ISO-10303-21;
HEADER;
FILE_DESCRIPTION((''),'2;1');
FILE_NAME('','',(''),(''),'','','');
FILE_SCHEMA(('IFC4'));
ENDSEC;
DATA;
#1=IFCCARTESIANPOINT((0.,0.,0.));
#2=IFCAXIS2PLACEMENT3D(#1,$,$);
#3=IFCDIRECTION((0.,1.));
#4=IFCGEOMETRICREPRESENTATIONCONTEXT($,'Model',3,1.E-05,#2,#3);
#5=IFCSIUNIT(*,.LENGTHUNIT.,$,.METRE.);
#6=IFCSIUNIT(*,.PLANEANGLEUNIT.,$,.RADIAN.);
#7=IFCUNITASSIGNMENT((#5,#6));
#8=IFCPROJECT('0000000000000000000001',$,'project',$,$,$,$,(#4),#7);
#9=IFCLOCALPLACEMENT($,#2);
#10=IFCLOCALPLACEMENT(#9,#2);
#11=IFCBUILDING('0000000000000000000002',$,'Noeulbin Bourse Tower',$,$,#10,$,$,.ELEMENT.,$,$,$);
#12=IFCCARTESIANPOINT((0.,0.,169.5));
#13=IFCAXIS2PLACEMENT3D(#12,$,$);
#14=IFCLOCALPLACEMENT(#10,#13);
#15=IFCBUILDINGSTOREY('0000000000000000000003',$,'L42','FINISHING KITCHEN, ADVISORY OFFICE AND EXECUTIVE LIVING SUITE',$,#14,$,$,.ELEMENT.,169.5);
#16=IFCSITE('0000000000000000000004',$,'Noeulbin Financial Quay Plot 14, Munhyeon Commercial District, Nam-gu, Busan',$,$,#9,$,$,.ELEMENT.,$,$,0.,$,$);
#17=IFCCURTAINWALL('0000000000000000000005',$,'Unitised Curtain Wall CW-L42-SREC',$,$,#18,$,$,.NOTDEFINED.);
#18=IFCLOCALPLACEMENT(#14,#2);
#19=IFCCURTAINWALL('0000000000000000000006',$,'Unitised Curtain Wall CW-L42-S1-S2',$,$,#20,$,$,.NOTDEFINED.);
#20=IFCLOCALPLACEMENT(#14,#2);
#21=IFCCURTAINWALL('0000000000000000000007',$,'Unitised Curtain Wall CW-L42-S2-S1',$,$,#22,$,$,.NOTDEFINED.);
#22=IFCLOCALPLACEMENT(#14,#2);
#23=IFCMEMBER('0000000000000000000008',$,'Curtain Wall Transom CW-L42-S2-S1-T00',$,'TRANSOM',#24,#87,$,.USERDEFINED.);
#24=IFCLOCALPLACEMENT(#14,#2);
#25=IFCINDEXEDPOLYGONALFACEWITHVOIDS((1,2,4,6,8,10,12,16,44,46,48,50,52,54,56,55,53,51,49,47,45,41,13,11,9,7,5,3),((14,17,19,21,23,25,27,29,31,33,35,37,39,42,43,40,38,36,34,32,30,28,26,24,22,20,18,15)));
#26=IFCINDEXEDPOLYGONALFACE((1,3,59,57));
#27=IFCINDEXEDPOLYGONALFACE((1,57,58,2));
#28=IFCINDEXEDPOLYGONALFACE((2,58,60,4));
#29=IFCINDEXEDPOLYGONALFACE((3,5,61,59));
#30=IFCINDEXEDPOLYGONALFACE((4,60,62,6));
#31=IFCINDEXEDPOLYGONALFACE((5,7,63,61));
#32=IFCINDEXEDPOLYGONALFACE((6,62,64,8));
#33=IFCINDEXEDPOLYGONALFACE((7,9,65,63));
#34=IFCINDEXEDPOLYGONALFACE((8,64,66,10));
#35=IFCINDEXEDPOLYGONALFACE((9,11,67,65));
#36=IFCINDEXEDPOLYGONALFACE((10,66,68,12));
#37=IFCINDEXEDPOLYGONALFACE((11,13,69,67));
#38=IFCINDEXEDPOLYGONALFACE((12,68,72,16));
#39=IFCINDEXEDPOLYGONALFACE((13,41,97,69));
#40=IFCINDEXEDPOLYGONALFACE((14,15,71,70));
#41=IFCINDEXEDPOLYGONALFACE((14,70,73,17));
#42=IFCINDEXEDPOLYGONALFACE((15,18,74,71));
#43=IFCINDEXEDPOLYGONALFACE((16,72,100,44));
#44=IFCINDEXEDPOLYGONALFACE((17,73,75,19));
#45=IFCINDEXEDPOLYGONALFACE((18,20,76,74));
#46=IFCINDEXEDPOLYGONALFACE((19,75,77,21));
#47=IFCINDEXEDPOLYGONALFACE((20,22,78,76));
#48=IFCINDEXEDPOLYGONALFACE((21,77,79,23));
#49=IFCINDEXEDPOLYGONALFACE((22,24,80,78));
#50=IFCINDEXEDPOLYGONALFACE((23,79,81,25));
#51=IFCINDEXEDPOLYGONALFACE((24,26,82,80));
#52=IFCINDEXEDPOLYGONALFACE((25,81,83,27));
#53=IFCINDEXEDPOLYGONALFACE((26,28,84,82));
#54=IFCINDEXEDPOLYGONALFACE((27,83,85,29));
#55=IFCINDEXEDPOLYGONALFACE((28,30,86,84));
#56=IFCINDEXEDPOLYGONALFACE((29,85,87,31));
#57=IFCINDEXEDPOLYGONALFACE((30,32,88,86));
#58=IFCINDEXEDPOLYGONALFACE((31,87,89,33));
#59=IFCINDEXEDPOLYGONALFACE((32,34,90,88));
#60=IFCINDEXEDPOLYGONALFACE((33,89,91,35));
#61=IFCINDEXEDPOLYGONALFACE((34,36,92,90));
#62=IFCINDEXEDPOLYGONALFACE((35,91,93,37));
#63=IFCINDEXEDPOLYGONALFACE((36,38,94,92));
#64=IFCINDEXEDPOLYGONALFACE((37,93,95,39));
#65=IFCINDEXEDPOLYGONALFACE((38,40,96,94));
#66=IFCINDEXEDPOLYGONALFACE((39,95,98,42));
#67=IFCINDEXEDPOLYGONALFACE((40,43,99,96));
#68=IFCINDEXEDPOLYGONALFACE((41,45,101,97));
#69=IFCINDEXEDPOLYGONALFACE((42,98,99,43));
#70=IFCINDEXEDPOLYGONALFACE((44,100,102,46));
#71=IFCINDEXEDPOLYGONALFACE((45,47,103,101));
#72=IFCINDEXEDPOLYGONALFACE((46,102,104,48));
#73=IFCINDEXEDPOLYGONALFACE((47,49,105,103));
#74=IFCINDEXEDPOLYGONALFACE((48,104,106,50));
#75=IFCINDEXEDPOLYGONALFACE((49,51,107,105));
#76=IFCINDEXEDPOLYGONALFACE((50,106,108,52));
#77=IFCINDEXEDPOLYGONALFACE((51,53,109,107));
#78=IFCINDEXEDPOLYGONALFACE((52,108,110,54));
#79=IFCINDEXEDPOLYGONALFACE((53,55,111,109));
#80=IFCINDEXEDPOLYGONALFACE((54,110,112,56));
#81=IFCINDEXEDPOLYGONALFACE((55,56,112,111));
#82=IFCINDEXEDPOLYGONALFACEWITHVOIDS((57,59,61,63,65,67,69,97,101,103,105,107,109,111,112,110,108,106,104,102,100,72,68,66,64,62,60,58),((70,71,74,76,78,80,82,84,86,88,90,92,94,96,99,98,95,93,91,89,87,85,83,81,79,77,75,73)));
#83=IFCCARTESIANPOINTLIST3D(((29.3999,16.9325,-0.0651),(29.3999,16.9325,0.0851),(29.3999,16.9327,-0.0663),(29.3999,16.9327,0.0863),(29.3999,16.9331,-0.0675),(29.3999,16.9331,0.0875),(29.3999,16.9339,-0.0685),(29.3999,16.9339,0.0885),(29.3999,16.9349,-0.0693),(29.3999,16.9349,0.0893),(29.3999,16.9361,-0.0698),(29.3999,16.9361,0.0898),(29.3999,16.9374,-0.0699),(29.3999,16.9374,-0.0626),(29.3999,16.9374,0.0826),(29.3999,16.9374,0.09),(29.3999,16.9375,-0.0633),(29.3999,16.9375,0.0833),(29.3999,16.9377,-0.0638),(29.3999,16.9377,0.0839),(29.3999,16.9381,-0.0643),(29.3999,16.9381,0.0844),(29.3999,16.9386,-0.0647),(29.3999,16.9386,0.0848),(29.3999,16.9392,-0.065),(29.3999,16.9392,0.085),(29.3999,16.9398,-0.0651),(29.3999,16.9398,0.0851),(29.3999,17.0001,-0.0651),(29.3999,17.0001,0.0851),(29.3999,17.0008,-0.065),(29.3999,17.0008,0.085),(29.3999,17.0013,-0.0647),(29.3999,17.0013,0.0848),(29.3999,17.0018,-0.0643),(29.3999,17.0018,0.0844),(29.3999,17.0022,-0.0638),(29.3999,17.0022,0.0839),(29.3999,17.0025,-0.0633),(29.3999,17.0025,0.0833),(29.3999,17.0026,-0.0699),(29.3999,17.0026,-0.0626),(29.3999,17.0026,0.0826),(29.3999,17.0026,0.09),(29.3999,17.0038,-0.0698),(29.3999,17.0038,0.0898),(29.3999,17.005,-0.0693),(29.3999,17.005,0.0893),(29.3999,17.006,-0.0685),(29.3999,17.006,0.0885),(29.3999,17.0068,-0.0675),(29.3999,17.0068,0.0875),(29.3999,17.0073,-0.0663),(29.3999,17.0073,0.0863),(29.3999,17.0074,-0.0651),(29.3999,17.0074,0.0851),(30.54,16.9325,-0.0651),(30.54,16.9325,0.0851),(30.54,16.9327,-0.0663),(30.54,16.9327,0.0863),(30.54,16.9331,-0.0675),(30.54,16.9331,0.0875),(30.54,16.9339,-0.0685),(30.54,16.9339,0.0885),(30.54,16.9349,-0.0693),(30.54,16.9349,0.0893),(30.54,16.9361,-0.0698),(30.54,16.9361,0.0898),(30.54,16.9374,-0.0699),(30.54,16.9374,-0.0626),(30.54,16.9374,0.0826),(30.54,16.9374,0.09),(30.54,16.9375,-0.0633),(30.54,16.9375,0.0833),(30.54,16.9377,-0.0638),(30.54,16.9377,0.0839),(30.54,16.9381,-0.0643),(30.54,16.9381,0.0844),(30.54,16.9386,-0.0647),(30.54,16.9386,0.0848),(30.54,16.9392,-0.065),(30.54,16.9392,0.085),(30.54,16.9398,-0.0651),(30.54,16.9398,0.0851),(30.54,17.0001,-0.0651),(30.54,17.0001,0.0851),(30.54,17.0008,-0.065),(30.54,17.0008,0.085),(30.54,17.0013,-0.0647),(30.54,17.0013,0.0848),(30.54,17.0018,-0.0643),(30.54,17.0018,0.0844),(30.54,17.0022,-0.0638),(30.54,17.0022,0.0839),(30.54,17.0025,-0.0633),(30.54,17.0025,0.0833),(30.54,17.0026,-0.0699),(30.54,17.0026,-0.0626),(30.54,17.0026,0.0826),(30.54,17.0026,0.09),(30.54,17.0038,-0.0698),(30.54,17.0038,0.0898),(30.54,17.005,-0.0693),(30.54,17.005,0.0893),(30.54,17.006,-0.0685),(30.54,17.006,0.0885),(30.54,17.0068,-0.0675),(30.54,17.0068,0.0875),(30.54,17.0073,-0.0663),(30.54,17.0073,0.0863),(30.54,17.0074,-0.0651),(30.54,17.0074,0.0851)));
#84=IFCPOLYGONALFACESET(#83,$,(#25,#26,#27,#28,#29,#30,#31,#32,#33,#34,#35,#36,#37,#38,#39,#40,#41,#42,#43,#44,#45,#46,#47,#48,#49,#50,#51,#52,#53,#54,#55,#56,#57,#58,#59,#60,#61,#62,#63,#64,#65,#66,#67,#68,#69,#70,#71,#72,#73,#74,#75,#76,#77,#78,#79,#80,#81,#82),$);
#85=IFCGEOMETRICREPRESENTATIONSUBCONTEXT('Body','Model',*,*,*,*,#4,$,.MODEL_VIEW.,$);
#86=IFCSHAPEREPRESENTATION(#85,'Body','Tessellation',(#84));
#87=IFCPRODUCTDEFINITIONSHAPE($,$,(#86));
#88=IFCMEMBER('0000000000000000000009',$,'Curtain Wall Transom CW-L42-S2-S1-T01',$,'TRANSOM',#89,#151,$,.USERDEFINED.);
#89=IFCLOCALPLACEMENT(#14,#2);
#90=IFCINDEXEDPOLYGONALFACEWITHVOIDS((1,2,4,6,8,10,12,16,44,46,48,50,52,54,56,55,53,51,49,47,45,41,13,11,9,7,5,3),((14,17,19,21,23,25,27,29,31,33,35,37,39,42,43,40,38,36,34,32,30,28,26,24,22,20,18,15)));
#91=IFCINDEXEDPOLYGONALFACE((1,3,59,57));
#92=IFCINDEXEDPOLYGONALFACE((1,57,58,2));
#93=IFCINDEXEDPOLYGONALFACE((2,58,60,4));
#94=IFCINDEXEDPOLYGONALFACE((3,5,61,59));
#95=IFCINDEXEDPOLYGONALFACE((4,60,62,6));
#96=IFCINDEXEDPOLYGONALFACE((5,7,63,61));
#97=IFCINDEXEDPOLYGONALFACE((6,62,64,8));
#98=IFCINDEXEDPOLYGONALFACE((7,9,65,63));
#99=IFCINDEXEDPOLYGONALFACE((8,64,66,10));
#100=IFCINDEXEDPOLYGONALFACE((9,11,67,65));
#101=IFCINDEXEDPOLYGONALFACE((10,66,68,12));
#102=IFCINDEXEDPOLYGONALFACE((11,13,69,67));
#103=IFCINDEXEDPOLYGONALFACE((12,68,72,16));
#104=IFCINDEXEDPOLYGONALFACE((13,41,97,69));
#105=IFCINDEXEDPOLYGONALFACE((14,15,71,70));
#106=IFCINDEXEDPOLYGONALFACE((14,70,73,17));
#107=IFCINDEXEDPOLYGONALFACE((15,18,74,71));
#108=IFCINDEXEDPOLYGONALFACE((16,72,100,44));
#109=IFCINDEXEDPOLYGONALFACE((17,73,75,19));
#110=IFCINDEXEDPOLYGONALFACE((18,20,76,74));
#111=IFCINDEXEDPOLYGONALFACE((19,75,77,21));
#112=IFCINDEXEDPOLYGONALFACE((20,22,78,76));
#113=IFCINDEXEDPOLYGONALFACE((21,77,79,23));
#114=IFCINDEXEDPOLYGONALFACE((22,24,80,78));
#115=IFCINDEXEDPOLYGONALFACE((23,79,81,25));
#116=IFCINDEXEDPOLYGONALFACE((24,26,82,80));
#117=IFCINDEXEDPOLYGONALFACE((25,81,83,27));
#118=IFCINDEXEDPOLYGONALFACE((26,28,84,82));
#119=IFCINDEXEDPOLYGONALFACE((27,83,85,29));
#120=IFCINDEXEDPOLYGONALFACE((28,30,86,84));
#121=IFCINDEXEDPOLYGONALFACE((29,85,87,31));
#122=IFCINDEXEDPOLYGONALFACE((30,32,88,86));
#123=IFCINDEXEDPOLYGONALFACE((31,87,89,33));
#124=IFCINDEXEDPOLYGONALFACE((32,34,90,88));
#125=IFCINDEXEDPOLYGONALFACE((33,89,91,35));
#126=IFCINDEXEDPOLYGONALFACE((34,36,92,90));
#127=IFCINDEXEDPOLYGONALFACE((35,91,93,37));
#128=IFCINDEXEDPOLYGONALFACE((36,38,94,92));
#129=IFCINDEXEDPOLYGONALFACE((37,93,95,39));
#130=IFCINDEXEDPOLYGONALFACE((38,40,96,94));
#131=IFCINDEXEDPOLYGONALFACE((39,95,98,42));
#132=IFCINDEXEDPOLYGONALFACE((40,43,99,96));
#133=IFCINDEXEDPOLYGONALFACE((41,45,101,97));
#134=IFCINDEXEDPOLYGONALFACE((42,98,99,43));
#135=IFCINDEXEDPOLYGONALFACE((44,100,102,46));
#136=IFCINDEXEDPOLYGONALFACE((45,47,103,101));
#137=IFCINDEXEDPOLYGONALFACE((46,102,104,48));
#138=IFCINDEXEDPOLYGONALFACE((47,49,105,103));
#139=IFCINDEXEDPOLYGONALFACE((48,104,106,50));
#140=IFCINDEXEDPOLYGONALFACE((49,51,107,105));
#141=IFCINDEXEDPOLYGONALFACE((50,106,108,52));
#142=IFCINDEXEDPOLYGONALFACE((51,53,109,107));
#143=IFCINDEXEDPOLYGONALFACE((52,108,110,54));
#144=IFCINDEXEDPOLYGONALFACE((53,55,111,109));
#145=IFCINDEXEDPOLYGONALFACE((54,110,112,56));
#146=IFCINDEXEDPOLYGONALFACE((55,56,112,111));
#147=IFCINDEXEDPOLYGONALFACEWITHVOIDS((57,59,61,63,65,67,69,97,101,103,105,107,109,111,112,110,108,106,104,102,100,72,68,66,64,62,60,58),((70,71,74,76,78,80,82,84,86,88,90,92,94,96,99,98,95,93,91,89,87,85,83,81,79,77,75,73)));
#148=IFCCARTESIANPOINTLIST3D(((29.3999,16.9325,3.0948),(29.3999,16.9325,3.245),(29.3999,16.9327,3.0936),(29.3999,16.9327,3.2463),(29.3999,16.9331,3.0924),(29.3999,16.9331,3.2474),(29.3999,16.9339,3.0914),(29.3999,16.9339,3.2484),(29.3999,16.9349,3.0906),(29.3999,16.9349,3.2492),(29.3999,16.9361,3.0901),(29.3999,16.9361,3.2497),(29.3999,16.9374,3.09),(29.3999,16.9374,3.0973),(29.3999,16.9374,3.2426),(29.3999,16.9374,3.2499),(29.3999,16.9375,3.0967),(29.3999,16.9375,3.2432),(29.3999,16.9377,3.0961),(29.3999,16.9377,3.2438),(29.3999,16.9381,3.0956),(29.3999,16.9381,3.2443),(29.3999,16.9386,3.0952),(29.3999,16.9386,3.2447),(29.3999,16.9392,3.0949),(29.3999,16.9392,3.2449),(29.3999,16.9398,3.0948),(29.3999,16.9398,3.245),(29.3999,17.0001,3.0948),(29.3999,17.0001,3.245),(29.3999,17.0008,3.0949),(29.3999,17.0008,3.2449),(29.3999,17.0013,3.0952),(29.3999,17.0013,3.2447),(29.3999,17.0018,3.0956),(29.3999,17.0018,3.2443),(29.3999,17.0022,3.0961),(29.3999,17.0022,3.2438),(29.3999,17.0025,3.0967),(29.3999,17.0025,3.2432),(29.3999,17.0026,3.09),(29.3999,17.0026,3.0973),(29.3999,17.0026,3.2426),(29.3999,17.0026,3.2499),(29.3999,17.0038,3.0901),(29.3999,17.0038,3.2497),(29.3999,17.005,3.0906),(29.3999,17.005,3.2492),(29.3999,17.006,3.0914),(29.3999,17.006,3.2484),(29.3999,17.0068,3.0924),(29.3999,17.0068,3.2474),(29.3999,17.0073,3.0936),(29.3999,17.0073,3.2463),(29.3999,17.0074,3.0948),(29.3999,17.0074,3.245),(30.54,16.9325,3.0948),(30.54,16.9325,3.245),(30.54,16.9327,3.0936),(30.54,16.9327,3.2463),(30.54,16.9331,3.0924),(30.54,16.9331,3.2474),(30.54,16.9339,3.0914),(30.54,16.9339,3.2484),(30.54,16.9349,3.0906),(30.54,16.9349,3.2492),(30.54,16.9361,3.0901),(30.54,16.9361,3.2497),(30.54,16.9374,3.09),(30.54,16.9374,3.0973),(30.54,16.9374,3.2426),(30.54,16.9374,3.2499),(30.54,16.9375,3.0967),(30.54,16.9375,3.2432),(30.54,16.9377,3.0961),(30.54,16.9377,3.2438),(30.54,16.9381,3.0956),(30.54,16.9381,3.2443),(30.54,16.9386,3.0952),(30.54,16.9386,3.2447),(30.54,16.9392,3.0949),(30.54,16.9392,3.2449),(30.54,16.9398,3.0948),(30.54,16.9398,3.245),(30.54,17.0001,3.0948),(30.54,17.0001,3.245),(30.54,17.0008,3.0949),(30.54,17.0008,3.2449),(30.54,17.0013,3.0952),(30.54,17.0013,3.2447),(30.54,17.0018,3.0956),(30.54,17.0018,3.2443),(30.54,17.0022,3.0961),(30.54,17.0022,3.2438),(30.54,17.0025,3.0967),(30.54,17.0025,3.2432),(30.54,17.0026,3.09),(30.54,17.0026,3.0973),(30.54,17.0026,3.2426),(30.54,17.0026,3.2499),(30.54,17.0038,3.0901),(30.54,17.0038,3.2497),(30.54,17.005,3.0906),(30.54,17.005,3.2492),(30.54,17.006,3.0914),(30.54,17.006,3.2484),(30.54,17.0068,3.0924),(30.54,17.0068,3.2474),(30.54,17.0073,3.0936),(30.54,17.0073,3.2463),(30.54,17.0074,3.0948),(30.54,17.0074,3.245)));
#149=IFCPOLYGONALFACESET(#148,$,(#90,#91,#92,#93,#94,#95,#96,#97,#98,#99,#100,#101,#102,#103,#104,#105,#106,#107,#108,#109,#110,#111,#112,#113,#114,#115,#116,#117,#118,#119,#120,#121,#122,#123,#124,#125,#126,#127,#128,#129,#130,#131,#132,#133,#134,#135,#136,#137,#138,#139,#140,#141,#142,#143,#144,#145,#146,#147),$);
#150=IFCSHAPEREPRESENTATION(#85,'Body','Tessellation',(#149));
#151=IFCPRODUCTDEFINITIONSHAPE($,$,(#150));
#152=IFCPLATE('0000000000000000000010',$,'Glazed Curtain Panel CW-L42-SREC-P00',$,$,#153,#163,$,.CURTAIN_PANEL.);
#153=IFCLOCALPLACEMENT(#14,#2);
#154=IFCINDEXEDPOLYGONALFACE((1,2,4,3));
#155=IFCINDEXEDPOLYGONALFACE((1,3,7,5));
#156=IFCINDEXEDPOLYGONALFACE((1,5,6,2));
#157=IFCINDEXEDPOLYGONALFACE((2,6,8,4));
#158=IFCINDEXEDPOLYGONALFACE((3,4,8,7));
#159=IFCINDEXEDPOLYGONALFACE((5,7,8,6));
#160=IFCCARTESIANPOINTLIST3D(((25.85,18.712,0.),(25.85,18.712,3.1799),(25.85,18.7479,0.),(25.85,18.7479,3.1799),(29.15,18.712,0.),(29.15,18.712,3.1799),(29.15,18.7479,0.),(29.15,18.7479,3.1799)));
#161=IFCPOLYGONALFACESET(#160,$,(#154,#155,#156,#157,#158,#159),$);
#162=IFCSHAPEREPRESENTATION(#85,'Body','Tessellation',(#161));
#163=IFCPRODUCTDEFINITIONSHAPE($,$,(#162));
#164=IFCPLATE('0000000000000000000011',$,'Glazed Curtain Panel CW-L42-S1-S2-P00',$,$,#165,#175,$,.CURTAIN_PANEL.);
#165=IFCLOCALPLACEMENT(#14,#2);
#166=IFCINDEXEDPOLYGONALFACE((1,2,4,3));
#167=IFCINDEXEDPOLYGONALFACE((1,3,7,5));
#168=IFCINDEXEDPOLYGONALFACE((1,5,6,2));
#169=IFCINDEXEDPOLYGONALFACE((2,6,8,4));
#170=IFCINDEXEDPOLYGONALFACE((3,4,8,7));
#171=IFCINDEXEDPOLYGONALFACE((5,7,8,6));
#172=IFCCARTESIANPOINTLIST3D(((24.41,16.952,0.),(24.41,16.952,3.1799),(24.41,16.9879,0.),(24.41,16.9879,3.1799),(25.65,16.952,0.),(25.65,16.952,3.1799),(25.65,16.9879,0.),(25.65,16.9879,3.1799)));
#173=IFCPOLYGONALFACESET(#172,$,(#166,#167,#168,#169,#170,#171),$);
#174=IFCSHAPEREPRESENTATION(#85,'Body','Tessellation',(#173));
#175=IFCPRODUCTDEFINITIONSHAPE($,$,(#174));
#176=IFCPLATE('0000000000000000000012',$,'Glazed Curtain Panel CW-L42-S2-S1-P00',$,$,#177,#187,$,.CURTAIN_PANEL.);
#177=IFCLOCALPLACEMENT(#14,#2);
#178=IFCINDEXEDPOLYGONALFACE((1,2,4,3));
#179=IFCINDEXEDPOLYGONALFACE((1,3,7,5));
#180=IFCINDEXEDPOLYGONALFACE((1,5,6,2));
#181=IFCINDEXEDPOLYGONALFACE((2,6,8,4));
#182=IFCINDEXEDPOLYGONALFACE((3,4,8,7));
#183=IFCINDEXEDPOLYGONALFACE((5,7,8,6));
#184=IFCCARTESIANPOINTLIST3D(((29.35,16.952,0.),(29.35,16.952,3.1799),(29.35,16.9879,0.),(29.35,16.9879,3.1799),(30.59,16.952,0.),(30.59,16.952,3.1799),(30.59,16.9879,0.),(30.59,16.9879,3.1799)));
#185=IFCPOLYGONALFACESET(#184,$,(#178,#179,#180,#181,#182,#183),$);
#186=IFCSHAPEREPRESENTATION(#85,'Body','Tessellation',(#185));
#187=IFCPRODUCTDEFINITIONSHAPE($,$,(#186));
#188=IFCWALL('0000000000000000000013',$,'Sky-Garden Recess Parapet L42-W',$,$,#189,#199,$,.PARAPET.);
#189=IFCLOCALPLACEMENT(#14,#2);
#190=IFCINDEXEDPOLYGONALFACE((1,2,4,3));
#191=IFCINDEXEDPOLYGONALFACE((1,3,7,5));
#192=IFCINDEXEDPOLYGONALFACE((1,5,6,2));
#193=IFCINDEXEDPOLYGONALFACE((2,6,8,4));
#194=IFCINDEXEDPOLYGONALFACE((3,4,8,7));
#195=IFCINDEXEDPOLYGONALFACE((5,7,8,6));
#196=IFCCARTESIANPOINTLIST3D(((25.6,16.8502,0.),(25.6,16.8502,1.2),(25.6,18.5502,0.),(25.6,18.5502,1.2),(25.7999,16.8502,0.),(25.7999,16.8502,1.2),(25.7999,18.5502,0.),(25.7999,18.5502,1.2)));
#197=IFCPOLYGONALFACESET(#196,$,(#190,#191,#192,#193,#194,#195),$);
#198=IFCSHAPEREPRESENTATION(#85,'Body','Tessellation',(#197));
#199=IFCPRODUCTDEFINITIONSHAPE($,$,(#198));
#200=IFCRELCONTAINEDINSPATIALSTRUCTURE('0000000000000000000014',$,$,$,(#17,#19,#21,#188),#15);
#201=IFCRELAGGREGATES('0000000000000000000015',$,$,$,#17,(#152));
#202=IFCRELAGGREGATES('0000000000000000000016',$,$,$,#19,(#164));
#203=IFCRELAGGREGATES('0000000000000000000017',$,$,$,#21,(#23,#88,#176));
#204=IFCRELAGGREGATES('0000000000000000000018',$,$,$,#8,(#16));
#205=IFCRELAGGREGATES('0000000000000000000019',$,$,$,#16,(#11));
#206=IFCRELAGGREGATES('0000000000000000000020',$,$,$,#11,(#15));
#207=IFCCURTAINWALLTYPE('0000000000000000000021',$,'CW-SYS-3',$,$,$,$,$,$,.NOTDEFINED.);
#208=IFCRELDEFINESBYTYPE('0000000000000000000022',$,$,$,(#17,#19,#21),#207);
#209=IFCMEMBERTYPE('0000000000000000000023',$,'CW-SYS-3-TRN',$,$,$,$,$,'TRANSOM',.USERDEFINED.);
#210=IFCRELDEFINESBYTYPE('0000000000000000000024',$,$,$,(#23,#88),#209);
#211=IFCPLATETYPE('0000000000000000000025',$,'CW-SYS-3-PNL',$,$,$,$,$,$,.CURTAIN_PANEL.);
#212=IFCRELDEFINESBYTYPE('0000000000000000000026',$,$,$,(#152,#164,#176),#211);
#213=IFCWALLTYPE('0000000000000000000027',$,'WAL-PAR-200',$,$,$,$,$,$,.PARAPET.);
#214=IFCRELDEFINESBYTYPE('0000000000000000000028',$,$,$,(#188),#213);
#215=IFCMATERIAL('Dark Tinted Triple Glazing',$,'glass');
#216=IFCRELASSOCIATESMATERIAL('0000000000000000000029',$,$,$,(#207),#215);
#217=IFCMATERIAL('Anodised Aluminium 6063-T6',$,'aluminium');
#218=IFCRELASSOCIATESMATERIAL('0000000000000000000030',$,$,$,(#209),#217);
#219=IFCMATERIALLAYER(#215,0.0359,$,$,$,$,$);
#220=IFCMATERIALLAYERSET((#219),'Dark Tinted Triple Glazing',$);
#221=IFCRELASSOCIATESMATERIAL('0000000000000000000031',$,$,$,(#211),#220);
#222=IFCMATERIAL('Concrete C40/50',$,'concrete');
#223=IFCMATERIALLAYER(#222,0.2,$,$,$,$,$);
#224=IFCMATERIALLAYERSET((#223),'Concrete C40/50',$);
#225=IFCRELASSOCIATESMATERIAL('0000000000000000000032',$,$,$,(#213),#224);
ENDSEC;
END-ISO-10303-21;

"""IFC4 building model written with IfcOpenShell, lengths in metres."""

from ifc_helpers import new_model, si_unit, direction, frame, frame_2d, origin, origin_2d, place, context, subcontext, project, spatial, rectangle, hollow_rectangle, extrude, material, layer, layer_set, material_profile, profile_set, type_object, element, aggregate, save


model = new_model("IFC4")

# Units and contexts
model_context = context("Model", 3, precision=1e-05, world=origin(), true_north=direction((0.0, 1.0)))
body_context = subcontext(model_context, "Body", "Model", "MODEL_VIEW")
ifc_project = project(units=[si_unit("LENGTHUNIT", "METRE"), si_unit("PLANEANGLEUNIT", "RADIAN")], contexts=[model_context])

# Site, building, storey
site_placement = place(None, origin())
site = spatial("IfcSite", under=ifc_project, at=site_placement, Name="Noeulbin Financial Quay Plot 14, Munhyeon Commercial District, Nam-gu, Busan", CompositionType="ELEMENT", RefElevation=0.0)
building_placement = place(site_placement, origin())
building = spatial("IfcBuilding", under=site, at=building_placement, Name="Noeulbin Bourse Tower", CompositionType="ELEMENT")
storey_placement = place(building_placement, frame((0.0, 0.0, 169.5)))
storey = spatial("IfcBuildingStorey", under=building, at=storey_placement, Name="L42", Description="FINISHING KITCHEN, ADVISORY OFFICE AND EXECUTIVE LIVING SUITE", CompositionType="ELEMENT", Elevation=169.5)

# Curtain walls
ifc_material_1 = material(Name="Dark Tinted Triple Glazing", Category="glass")
curtain_wall_type = type_object("IfcCurtainWallType", Name="CW-SYS-3", PredefinedType="NOTDEFINED", material=ifc_material_1)
curtain_wall_1_placement = place(storey_placement, origin())
curtain_wall_1 = element("IfcCurtainWall", 1, at=curtain_wall_1_placement, inside=storey, type_object=curtain_wall_type, Name="Unitised Curtain Wall CW-L42-SREC", PredefinedType="NOTDEFINED")
ifc_material_2 = material(Name="Anodised Aluminium 6063-T6", Category="aluminium")
curtain_wall_2_placement = place(storey_placement, origin())
curtain_wall_2 = element("IfcCurtainWall", 2, at=curtain_wall_2_placement, inside=storey, type_object=curtain_wall_type, Name="Unitised Curtain Wall CW-L42-S1-S2", PredefinedType="NOTDEFINED")
curtain_wall_3_placement = place(storey_placement, origin())
curtain_wall_3 = element("IfcCurtainWall", 3, at=curtain_wall_3_placement, inside=storey, type_object=curtain_wall_type, Name="Unitised Curtain Wall CW-L42-S2-S1", PredefinedType="NOTDEFINED")

# Members
ifc_material_profile_1 = material_profile(ifc_material_2, hollow_rectangle(XDim=0.075, YDim=0.1599, WallThickness=0.0049, InnerFilletRadius=0.0024, OuterFilletRadius=0.0049, at=origin_2d()), Name="ALU-TRAN-75x160x5", Category="LoadBearing")
ifc_profile_set_1 = profile_set([ifc_material_profile_1], Name="Anodised Aluminium 6063-T6")
member_type_1 = type_object("IfcMemberType", Name="CW-SYS-3-TRN", ElementType="TRANSOM", PredefinedType="USERDEFINED", material=ifc_profile_set_1)
member_1_placement = place(storey_placement, frame((29.3999, 16.97, 0.01), z_axis=(1.0, 0.0, 0.0), x_axis=(0.0, 1.0, 0.0)))
member_1 = element("IfcMember", 4, at=member_1_placement, type_object=member_type_1, Name="Curtain Wall Transom CW-L42-S2-S1-T00", ObjectType="TRANSOM", PredefinedType="USERDEFINED", context=body_context, shape_type="SweptSolid", body=[
    extrude(hollow_rectangle(XDim=0.075, YDim=0.1599, WallThickness=0.0049, InnerFilletRadius=0.0024, OuterFilletRadius=0.0049, at=origin_2d()), origin(), (0.0, 0.0, 1.0), 1.1401),
])
member_2_placement = place(storey_placement, frame((29.3999, 16.97, 3.1699), z_axis=(1.0, 0.0, 0.0), x_axis=(0.0, 1.0, 0.0)))
member_2 = element("IfcMember", 5, at=member_2_placement, type_object=member_type_1, Name="Curtain Wall Transom CW-L42-S2-S1-T01", ObjectType="TRANSOM", PredefinedType="USERDEFINED", context=body_context, shape_type="SweptSolid", body=[
    extrude(hollow_rectangle(XDim=0.075, YDim=0.1599, WallThickness=0.0049, InnerFilletRadius=0.0024, OuterFilletRadius=0.0049, at=origin_2d()), origin(), (0.0, 0.0, 1.0), 1.1401),
])

# Plates
ifc_layer_1 = layer(ifc_material_1, 0.0359)
ifc_layer_set_1 = layer_set([ifc_layer_1], Name="Dark Tinted Triple Glazing")
plate_type = type_object("IfcPlateType", Name="CW-SYS-3-PNL", PredefinedType="CURTAIN_PANEL", material=ifc_layer_set_1)
plate_1_placement = place(storey_placement, frame((27.5, 18.73, 0.0), z_axis=(0.0, 0.0, 1.0), x_axis=(1.0, 0.0, 0.0)))
plate_1 = element("IfcPlate", 6, at=plate_1_placement, type_object=plate_type, Name="Glazed Curtain Panel CW-L42-SREC-P00", PredefinedType="CURTAIN_PANEL", context=body_context, shape_type="SweptSolid", body=[
    extrude(rectangle(XDim=3.3, YDim=0.0359, at=origin_2d()), origin(), (0.0, 0.0, 1.0), 3.1799),
])
aggregate(curtain_wall_1, [plate_1])
plate_2_placement = place(storey_placement, frame((25.03, 16.97, 0.0), z_axis=(0.0, 0.0, 1.0), x_axis=(1.0, 0.0, 0.0)))
plate_2 = element("IfcPlate", 7, at=plate_2_placement, type_object=plate_type, Name="Glazed Curtain Panel CW-L42-S1-S2-P00", PredefinedType="CURTAIN_PANEL", context=body_context, shape_type="SweptSolid", body=[
    extrude(rectangle(XDim=1.24, YDim=0.0359, at=origin_2d()), origin(), (0.0, 0.0, 1.0), 3.1799),
])
aggregate(curtain_wall_2, [plate_2])
plate_3_placement = place(storey_placement, frame((29.97, 16.97, 0.0), z_axis=(0.0, 0.0, 1.0), x_axis=(1.0, 0.0, 0.0)))
plate_3 = element("IfcPlate", 8, at=plate_3_placement, type_object=plate_type, Name="Glazed Curtain Panel CW-L42-S2-S1-P00", PredefinedType="CURTAIN_PANEL", context=body_context, shape_type="SweptSolid", body=[
    extrude(rectangle(XDim=1.24, YDim=0.0359, at=origin_2d()), origin(), (0.0, 0.0, 1.0), 3.1799),
])
aggregate(curtain_wall_3, [member_1, member_2, plate_3])

# Wall
ifc_material_3 = material(Name="Concrete C40/50", Category="concrete")
ifc_layer_2 = layer(ifc_material_3, 0.2)
ifc_layer_set_2 = layer_set([ifc_layer_2], Name="Concrete C40/50")
wall_type_1 = type_object("IfcWallType", Name="WAL-PAR-200", PredefinedType="PARAPET", material=ifc_layer_set_2)
for number, where, z_axis, x_axis, name in (
    (9, (25.7, 16.8501, 0.0), (0.0, 0.0, 1.0), (0.0, 1.0, 0.0), "Sky-Garden Recess Parapet L42-W"),
):
    element("IfcWall", number, at=place(storey_placement, frame(where, z_axis=z_axis, x_axis=x_axis)), inside=storey, type_object=wall_type_1, Name=name, PredefinedType="PARAPET", context=body_context, shape_type="SweptSolid", body=[
        extrude(rectangle(XDim=1.7, YDim=0.2, at=frame_2d((0.8501, 0.0))), origin(), (0.0, 0.0, 1.0), 1.2),
    ])

save(model, "model.ifc")
